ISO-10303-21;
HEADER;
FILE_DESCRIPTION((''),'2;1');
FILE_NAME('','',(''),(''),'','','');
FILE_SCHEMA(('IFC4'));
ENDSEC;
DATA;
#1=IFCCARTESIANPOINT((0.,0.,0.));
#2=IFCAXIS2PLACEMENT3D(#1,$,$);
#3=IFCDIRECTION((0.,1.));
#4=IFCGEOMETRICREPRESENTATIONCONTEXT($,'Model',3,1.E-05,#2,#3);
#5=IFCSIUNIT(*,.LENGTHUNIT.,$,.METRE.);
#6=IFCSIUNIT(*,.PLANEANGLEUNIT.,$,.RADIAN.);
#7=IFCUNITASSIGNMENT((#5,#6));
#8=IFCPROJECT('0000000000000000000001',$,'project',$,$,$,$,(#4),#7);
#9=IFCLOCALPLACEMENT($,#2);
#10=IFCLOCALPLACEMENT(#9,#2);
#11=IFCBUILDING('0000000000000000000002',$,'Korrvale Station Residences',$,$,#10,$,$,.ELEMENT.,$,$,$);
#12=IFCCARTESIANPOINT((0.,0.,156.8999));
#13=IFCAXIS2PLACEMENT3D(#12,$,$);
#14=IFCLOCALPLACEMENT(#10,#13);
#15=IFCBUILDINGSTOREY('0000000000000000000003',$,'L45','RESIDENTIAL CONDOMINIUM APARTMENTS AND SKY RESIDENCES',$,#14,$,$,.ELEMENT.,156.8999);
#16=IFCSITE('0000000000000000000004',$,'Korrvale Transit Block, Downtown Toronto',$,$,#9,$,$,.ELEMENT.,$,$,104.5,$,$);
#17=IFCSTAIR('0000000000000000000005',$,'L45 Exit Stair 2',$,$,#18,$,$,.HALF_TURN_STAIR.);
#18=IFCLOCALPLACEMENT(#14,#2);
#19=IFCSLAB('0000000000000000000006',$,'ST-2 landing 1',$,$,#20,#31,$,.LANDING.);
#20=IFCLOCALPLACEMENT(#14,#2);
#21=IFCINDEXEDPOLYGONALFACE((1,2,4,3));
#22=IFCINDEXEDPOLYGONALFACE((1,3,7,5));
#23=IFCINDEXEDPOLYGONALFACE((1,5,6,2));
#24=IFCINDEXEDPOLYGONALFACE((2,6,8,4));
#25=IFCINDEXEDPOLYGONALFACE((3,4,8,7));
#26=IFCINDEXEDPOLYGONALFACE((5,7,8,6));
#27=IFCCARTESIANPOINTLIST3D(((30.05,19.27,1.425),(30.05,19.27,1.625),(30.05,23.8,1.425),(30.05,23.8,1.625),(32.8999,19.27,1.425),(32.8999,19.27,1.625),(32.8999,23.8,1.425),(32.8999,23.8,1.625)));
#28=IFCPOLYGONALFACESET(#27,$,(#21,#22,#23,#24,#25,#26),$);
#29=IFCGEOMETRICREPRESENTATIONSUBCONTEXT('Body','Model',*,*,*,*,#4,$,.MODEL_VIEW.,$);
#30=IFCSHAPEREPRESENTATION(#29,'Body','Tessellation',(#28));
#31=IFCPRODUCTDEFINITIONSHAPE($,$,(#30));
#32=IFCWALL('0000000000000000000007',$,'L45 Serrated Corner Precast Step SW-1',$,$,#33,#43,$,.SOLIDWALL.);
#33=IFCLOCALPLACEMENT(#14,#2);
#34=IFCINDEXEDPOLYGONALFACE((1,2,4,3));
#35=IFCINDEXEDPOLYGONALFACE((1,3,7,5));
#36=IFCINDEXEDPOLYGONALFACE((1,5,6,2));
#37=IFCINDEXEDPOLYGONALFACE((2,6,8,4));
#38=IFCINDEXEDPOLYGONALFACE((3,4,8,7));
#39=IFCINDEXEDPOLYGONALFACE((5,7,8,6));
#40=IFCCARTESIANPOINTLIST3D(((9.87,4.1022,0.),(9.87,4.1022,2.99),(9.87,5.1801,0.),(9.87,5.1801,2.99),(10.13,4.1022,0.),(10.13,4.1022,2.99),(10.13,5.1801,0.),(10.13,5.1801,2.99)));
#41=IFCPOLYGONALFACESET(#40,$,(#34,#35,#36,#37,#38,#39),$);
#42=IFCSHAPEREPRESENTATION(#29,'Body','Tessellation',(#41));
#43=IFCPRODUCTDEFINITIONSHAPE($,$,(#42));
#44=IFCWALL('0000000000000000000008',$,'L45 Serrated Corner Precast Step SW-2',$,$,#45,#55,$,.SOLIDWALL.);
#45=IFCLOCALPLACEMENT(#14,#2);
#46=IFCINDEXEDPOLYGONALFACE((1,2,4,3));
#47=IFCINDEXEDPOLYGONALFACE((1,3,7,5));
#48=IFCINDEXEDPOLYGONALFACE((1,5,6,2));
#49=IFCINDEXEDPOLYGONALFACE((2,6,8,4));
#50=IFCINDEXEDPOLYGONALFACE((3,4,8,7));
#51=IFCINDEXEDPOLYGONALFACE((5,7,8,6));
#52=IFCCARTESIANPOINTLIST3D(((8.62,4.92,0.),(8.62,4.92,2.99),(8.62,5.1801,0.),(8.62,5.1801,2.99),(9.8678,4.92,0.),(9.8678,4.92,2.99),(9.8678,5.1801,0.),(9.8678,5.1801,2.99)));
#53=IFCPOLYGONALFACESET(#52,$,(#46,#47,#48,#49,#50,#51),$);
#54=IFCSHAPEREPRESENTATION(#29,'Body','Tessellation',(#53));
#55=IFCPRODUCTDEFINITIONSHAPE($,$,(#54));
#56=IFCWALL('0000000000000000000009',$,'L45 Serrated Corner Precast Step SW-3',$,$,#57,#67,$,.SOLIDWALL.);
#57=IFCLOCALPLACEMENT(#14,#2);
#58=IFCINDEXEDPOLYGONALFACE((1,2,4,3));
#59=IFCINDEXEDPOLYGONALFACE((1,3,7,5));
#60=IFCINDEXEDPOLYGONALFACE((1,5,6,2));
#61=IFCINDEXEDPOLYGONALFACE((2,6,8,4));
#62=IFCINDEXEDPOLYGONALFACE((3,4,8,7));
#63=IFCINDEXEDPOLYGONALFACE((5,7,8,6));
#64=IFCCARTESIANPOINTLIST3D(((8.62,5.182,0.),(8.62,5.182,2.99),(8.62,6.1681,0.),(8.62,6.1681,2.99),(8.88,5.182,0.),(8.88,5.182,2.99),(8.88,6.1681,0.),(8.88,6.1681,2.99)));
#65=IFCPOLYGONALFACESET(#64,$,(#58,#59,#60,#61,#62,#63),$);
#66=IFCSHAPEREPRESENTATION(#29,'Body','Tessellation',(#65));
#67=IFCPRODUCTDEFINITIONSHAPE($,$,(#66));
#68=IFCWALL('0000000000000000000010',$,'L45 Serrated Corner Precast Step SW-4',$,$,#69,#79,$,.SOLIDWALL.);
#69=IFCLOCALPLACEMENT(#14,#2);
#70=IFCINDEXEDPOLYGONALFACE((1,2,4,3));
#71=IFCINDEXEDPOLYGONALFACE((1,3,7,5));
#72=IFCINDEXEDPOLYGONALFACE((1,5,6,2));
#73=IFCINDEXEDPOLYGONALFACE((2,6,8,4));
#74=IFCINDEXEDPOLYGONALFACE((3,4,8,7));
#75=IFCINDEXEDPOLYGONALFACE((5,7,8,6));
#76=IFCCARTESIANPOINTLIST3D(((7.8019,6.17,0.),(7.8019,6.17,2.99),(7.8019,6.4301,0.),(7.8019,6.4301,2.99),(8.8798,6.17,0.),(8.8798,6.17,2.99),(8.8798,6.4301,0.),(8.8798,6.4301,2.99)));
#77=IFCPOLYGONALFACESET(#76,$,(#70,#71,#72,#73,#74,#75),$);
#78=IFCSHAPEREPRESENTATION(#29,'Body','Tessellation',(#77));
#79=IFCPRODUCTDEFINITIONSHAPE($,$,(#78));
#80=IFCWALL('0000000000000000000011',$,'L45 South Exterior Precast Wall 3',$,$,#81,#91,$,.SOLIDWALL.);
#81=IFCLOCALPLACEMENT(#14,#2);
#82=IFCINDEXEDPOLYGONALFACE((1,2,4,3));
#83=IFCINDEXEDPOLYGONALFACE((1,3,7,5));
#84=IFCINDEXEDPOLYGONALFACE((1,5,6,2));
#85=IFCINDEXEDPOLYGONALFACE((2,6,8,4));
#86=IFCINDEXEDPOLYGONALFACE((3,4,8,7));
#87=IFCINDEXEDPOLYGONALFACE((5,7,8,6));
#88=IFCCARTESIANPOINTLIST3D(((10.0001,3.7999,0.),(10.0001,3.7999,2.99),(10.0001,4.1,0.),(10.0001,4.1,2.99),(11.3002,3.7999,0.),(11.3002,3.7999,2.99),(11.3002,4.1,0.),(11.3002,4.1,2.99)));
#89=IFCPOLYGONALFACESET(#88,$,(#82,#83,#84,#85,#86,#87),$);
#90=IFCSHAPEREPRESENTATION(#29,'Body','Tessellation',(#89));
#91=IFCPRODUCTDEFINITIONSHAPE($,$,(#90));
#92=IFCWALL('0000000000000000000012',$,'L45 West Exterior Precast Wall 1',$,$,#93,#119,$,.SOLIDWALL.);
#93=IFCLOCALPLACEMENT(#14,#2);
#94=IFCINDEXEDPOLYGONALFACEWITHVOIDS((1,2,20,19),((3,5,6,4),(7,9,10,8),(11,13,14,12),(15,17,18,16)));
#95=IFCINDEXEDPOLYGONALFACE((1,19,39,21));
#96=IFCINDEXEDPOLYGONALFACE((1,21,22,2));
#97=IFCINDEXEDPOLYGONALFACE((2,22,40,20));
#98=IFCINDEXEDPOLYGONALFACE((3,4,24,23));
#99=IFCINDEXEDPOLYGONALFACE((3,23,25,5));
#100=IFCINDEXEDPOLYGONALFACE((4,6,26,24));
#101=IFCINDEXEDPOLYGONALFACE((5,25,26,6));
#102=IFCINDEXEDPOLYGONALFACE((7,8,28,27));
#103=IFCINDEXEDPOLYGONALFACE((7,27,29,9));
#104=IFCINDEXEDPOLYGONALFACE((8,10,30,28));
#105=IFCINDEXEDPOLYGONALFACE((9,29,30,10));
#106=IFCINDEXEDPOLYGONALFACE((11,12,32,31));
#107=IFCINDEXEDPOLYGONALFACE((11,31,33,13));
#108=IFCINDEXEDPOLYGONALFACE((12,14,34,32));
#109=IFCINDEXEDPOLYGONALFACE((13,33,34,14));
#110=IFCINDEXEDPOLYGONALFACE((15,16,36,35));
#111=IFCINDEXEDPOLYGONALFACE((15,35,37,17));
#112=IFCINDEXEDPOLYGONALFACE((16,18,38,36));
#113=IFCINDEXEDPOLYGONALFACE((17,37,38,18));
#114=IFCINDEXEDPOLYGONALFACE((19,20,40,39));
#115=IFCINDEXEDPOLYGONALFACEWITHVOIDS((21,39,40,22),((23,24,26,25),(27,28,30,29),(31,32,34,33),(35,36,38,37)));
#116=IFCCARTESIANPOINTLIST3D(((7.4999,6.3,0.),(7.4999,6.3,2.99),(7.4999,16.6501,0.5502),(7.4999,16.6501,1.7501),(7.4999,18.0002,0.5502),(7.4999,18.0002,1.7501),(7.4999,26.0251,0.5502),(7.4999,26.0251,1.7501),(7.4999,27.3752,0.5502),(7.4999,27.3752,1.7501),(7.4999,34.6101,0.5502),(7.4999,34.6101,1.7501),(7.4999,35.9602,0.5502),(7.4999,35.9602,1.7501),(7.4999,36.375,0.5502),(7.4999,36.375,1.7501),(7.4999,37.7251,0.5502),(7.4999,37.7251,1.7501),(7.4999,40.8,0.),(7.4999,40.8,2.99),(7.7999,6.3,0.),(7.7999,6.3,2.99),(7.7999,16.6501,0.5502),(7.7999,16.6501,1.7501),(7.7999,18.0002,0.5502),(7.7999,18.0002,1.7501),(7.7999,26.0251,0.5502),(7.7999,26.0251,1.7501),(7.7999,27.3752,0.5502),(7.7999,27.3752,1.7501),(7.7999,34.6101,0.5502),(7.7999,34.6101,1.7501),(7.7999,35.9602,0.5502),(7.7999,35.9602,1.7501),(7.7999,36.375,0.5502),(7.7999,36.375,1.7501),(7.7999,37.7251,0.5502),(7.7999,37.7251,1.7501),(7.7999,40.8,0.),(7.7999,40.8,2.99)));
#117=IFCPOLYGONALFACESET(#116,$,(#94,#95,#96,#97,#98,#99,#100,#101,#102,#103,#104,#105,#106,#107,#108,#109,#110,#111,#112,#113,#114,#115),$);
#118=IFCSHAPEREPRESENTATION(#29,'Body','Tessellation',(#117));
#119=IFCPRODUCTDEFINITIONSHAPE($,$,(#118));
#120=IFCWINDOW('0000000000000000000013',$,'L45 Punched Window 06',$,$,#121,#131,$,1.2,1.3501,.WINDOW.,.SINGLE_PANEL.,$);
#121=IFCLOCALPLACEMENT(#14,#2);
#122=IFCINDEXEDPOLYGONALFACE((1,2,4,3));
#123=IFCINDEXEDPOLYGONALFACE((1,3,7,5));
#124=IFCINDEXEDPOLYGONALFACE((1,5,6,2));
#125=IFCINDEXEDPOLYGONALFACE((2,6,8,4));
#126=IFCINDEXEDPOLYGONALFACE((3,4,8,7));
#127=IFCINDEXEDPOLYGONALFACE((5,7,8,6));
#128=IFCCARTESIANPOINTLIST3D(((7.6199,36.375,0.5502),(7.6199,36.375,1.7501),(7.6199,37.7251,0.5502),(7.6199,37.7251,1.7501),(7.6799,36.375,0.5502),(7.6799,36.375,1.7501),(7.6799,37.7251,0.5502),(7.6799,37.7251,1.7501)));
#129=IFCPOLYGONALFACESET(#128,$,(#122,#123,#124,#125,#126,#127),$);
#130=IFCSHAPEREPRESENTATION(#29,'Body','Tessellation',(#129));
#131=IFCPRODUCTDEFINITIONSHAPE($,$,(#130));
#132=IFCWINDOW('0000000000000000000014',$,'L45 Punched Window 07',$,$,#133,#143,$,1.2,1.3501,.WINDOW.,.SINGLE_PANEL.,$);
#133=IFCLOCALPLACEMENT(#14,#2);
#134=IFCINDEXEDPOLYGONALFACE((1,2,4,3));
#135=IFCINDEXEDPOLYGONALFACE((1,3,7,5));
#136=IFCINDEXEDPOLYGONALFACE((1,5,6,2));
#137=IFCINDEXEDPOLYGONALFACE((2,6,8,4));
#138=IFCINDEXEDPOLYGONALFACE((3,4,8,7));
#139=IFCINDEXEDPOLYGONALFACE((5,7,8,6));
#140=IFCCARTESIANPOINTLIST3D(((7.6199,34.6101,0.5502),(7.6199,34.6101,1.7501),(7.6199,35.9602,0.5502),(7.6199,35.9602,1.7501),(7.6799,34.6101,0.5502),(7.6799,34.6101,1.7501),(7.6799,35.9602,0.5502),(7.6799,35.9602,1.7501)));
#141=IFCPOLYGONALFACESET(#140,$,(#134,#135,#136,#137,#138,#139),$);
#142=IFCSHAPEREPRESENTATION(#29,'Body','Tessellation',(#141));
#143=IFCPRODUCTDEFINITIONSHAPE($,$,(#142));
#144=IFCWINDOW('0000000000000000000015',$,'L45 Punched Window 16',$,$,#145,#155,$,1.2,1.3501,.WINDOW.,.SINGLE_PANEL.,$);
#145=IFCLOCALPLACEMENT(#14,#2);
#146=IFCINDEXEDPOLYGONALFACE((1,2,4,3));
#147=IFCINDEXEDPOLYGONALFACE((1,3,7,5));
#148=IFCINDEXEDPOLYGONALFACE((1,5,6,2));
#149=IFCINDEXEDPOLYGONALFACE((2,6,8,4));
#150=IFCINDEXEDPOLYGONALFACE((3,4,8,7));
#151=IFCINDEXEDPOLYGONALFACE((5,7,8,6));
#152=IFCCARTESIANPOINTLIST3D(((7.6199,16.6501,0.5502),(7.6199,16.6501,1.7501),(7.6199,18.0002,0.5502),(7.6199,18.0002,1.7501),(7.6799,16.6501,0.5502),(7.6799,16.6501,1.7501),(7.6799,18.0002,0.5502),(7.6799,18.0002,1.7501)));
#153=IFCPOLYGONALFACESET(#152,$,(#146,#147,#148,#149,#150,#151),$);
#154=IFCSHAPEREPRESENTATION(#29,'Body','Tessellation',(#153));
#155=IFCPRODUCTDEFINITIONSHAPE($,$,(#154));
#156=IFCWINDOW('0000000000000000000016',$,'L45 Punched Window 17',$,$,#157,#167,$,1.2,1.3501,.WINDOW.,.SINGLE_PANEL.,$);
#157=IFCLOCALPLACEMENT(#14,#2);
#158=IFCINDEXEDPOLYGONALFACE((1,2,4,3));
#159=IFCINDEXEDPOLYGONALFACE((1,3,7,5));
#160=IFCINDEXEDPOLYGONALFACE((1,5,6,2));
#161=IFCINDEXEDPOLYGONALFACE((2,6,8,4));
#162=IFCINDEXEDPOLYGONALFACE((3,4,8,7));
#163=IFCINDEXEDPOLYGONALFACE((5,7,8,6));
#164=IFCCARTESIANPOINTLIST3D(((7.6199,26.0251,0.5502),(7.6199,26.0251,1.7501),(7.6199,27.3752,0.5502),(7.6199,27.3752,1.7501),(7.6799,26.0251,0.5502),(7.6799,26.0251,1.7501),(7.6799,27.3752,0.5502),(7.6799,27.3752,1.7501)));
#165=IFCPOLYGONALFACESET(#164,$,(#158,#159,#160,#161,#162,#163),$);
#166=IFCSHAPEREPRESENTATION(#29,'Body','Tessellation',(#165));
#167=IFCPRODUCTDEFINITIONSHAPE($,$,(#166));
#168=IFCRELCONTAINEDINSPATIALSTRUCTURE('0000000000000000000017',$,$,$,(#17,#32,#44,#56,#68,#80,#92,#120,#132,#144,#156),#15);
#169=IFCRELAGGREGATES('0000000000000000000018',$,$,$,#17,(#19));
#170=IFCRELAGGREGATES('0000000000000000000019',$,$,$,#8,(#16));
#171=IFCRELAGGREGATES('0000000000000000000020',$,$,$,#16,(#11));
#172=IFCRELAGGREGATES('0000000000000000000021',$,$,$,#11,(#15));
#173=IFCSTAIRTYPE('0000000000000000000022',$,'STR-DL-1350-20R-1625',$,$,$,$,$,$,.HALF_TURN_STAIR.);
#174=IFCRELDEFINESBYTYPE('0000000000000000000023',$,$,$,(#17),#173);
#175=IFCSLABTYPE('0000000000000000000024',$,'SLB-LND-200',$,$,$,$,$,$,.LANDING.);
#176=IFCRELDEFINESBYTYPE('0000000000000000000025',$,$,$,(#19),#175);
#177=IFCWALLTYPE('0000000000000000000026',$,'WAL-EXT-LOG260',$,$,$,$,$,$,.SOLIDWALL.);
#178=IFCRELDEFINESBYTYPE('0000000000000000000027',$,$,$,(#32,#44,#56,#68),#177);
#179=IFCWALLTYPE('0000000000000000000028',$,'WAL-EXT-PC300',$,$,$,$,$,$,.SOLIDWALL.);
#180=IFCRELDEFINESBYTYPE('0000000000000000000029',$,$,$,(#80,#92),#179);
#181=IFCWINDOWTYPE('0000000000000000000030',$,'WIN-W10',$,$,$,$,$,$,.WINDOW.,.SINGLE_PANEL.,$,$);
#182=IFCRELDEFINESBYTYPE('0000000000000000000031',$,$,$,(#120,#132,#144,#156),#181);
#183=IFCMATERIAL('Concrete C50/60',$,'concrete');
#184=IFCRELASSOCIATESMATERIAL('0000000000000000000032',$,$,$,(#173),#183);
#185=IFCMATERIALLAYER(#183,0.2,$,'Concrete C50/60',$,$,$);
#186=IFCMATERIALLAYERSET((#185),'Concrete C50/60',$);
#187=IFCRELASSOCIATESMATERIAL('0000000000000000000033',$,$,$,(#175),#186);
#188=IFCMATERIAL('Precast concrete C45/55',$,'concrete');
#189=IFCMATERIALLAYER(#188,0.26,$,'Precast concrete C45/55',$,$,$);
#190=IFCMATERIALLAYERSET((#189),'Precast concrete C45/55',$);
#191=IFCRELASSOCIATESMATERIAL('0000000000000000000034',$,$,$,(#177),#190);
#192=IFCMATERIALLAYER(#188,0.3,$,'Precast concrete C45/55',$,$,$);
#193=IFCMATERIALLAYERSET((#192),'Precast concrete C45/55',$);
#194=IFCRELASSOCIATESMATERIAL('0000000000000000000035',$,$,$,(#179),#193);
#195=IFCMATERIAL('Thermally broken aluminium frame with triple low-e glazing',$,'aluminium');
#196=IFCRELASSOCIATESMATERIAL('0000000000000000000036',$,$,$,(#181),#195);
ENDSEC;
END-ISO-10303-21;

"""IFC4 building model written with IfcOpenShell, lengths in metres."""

from ifc_helpers import new_model, si_unit, direction, frame, frame_2d, origin, place, context, subcontext, project, spatial, polyline, rectangle, outline, extrude, material, layer, layer_set, type_object, element, fill, aggregate, save


model = new_model("IFC4")

# Units and contexts
model_context = context("Model", 3, precision=1e-05, world=origin(), true_north=direction((0.0, 1.0)))
body_context = subcontext(model_context, "Body", "Model", "MODEL_VIEW")
ifc_project = project(units=[si_unit("LENGTHUNIT", "METRE"), si_unit("PLANEANGLEUNIT", "RADIAN")], contexts=[model_context])

# Site, building, storey
site_placement = place(None, origin())
site = spatial("IfcSite", under=ifc_project, at=site_placement, Name="Korrvale Transit Block, Downtown Toronto", CompositionType="ELEMENT", RefElevation=104.5)
building_placement = place(site_placement, origin())
building = spatial("IfcBuilding", under=site, at=building_placement, Name="Korrvale Station Residences", CompositionType="ELEMENT")
storey_placement = place(building_placement, frame((0.0, 0.0, 156.8999)))
storey = spatial("IfcBuildingStorey", under=building, at=storey_placement, Name="L45", Description="RESIDENTIAL CONDOMINIUM APARTMENTS AND SKY RESIDENCES", CompositionType="ELEMENT", Elevation=156.8999)

# Shared definitions
ifc_material_1 = material(Name="Concrete C50/60", Category="concrete")

# Stair, slab
stair_type = type_object("IfcStairType", Name="STR-DL-1350-20R-1625", PredefinedType="HALF_TURN_STAIR", material=ifc_material_1)
ifc_layer_1 = layer(ifc_material_1, 0.2, Name="Concrete C50/60")
ifc_layer_set_1 = layer_set([ifc_layer_1], Name="Concrete C50/60")
slab_type_1 = type_object("IfcSlabType", Name="SLB-LND-200", PredefinedType="LANDING", material=ifc_layer_set_1)
stair_1_placement = place(storey_placement, origin())
stair_1 = element("IfcStair", 1, at=stair_1_placement, inside=storey, type_object=stair_type, Name="L45 Exit Stair 2", PredefinedType="HALF_TURN_STAIR")
slab_1_placement = place(storey_placement, frame((0.0, 0.0, 1.425)))
slab_1 = element("IfcSlab", 2, at=slab_1_placement, type_object=slab_type_1, Name="ST-2 landing 1", PredefinedType="LANDING", context=body_context, shape_type="SweptSolid", body=[
    extrude(outline(polyline([(32.8999, 19.27), (32.8999, 23.8), (30.05, 23.8), (30.05, 19.27), (32.8999, 19.27)])), origin(), (0.0, 0.0, 1.0), 0.2),
])
aggregate(stair_1, [slab_1])

# Walls
ifc_material_2 = material(Name="Precast concrete C45/55", Category="concrete")
ifc_layer_2 = layer(ifc_material_2, 0.26, Name="Precast concrete C45/55")
ifc_layer_set_2 = layer_set([ifc_layer_2], Name="Precast concrete C45/55")
wall_type_1 = type_object("IfcWallType", Name="WAL-EXT-LOG260", PredefinedType="SOLIDWALL", material=ifc_layer_set_2)
wall_1_placement = place(storey_placement, frame((10.0, 4.1021, 0.0), z_axis=(0.0, 0.0, 1.0), x_axis=(0.0, 1.0, 0.0)))
element("IfcWall", 3, at=wall_1_placement, inside=storey, type_object=wall_type_1, Name="L45 Serrated Corner Precast Step SW-1", PredefinedType="SOLIDWALL", context=body_context, shape_type="SweptSolid", body=[
    extrude(rectangle(XDim=1.0779, YDim=0.26, at=frame_2d((0.5391, 0.0))), origin(), (0.0, 0.0, 1.0), 2.99),
])
wall_2_placement = place(storey_placement, frame((9.8679, 5.05, 0.0), z_axis=(0.0, 0.0, 1.0), x_axis=(-1.0, 0.0, 0.0)))
element("IfcWall", 4, at=wall_2_placement, inside=storey, type_object=wall_type_1, Name="L45 Serrated Corner Precast Step SW-2", PredefinedType="SOLIDWALL", context=body_context, shape_type="SweptSolid", body=[
    extrude(rectangle(XDim=1.2478, YDim=0.26, at=frame_2d((0.624, 0.0))), origin(), (0.0, 0.0, 1.0), 2.99),
])
wall_3_placement = place(storey_placement, frame((8.75, 5.1819, 0.0), z_axis=(0.0, 0.0, 1.0), x_axis=(0.0, 1.0, 0.0)))
element("IfcWall", 5, at=wall_3_placement, inside=storey, type_object=wall_type_1, Name="L45 Serrated Corner Precast Step SW-3", PredefinedType="SOLIDWALL", context=body_context, shape_type="SweptSolid", body=[
    extrude(rectangle(XDim=0.9861, YDim=0.26, at=frame_2d((0.4932, 0.0))), origin(), (0.0, 0.0, 1.0), 2.99),
])
wall_4_placement = place(storey_placement, frame((8.8799, 6.3, 0.0), z_axis=(0.0, 0.0, 1.0), x_axis=(-1.0, 0.0, 0.0)))
element("IfcWall", 6, at=wall_4_placement, inside=storey, type_object=wall_type_1, Name="L45 Serrated Corner Precast Step SW-4", PredefinedType="SOLIDWALL", context=body_context, shape_type="SweptSolid", body=[
    extrude(rectangle(XDim=1.0779, YDim=0.26, at=frame_2d((0.5391, 0.0))), origin(), (0.0, 0.0, 1.0), 2.99),
])
ifc_layer_3 = layer(ifc_material_2, 0.3, Name="Precast concrete C45/55")
ifc_layer_set_3 = layer_set([ifc_layer_3], Name="Precast concrete C45/55")
wall_type_2 = type_object("IfcWallType", Name="WAL-EXT-PC300", PredefinedType="SOLIDWALL", material=ifc_layer_set_3)
wall_5_placement = place(storey_placement, frame((11.3, 3.95, 0.0), z_axis=(0.0, 0.0, 1.0), x_axis=(-1.0, 0.0, 0.0)))
element("IfcWall", 7, at=wall_5_placement, inside=storey, type_object=wall_type_2, Name="L45 South Exterior Precast Wall 3", PredefinedType="SOLIDWALL", context=body_context, shape_type="SweptSolid", body=[
    extrude(rectangle(XDim=1.3, YDim=0.3, at=frame_2d((0.6499, 0.0))), origin(), (0.0, 0.0, 1.0), 2.99),
])

# Wall, openings, windows
wall_6_placement = place(storey_placement, frame((7.6499, 6.3, 0.0), z_axis=(0.0, 0.0, 1.0), x_axis=(0.0, 1.0, 0.0)))
wall_6 = element("IfcWall", 8, at=wall_6_placement, inside=storey, type_object=wall_type_2, Name="L45 West Exterior Precast Wall 1", PredefinedType="SOLIDWALL", context=body_context, shape_type="SweptSolid", body=[
    extrude(rectangle(XDim=34.5, YDim=0.3, at=frame_2d((17.25, 0.0))), origin(), (0.0, 0.0, 1.0), 2.99),
])
opening_1_placement = place(wall_6_placement, frame((30.075, 0.0, 0.55)))
opening_1 = element("IfcOpeningElement", 9, at=opening_1_placement, cuts=wall_6, PredefinedType="OPENING", context=body_context, shape_type="SweptSolid", body=[
    extrude(rectangle(XDim=1.3501, YDim=1.2, at=frame_2d((0.675, 0.6001))), frame((0.0, 0.1602, 0.0), z_axis=(0.0, -1.0, 0.0), x_axis=(1.0, 0.0, 0.0)), (0.0, 0.0, 1.0), 0.3201),
])
opening_2_placement = place(wall_6_placement, frame((28.3101, 0.0, 0.55)))
opening_2 = element("IfcOpeningElement", 10, at=opening_2_placement, cuts=wall_6, PredefinedType="OPENING", context=body_context, shape_type="SweptSolid", body=[
    extrude(rectangle(XDim=1.3501, YDim=1.2, at=frame_2d((0.675, 0.6001))), frame((0.0, 0.1602, 0.0), z_axis=(0.0, -1.0, 0.0), x_axis=(1.0, 0.0, 0.0)), (0.0, 0.0, 1.0), 0.3201),
])
opening_3_placement = place(wall_6_placement, frame((10.3501, 0.0, 0.55)))
opening_3 = element("IfcOpeningElement", 11, at=opening_3_placement, cuts=wall_6, PredefinedType="OPENING", context=body_context, shape_type="SweptSolid", body=[
    extrude(rectangle(XDim=1.3501, YDim=1.2, at=frame_2d((0.675, 0.6001))), frame((0.0, 0.1602, 0.0), z_axis=(0.0, -1.0, 0.0), x_axis=(1.0, 0.0, 0.0)), (0.0, 0.0, 1.0), 0.3201),
])
opening_4_placement = place(wall_6_placement, frame((19.7251, 0.0, 0.55)))
opening_4 = element("IfcOpeningElement", 12, at=opening_4_placement, cuts=wall_6, PredefinedType="OPENING", context=body_context, shape_type="SweptSolid", body=[
    extrude(rectangle(XDim=1.3501, YDim=1.2, at=frame_2d((0.675, 0.6001))), frame((0.0, 0.1602, 0.0), z_axis=(0.0, -1.0, 0.0), x_axis=(1.0, 0.0, 0.0)), (0.0, 0.0, 1.0), 0.3201),
])
ifc_material_3 = material(Name="Thermally broken aluminium frame with triple low-e glazing", Category="aluminium")
window_type = type_object("IfcWindowType", Name="WIN-W10", PartitioningType="SINGLE_PANEL", PredefinedType="WINDOW", material=ifc_material_3)
window_1_placement = place(opening_1_placement, origin())
window_1 = element("IfcWindow", 13, at=window_1_placement, inside=storey, type_object=window_type, Name="L45 Punched Window 06", OverallHeight=1.2, OverallWidth=1.3501, PartitioningType="SINGLE_PANEL", PredefinedType="WINDOW", context=body_context, shape_type="SweptSolid", body=[
    extrude(rectangle(XDim=1.3501, YDim=1.2, at=frame_2d((0.675, 0.6001))), frame((0.0, 0.03, 0.0), z_axis=(0.0, -1.0, 0.0), x_axis=(1.0, 0.0, 0.0)), (0.0, 0.0, 1.0), 0.0601),
])
fill(opening_1, window_1)
window_2_placement = place(opening_2_placement, origin())
window_2 = element("IfcWindow", 14, at=window_2_placement, inside=storey, type_object=window_type, Name="L45 Punched Window 07", OverallHeight=1.2, OverallWidth=1.3501, PartitioningType="SINGLE_PANEL", PredefinedType="WINDOW", context=body_context, shape_type="SweptSolid", body=[
    extrude(rectangle(XDim=1.3501, YDim=1.2, at=frame_2d((0.675, 0.6001))), frame((0.0, 0.03, 0.0), z_axis=(0.0, -1.0, 0.0), x_axis=(1.0, 0.0, 0.0)), (0.0, 0.0, 1.0), 0.0601),
])
fill(opening_2, window_2)
window_3_placement = place(opening_3_placement, origin())
window_3 = element("IfcWindow", 15, at=window_3_placement, inside=storey, type_object=window_type, Name="L45 Punched Window 16", OverallHeight=1.2, OverallWidth=1.3501, PartitioningType="SINGLE_PANEL", PredefinedType="WINDOW", context=body_context, shape_type="SweptSolid", body=[
    extrude(rectangle(XDim=1.3501, YDim=1.2, at=frame_2d((0.675, 0.6001))), frame((0.0, 0.03, 0.0), z_axis=(0.0, -1.0, 0.0), x_axis=(1.0, 0.0, 0.0)), (0.0, 0.0, 1.0), 0.0601),
])
fill(opening_3, window_3)
window_4_placement = place(opening_4_placement, origin())
window_4 = element("IfcWindow", 16, at=window_4_placement, inside=storey, type_object=window_type, Name="L45 Punched Window 17", OverallHeight=1.2, OverallWidth=1.3501, PartitioningType="SINGLE_PANEL", PredefinedType="WINDOW", context=body_context, shape_type="SweptSolid", body=[
    extrude(rectangle(XDim=1.3501, YDim=1.2, at=frame_2d((0.675, 0.6001))), frame((0.0, 0.03, 0.0), z_axis=(0.0, -1.0, 0.0), x_axis=(1.0, 0.0, 0.0)), (0.0, 0.0, 1.0), 0.0601),
])
fill(opening_4, window_4)

save(model, "model.ifc")
